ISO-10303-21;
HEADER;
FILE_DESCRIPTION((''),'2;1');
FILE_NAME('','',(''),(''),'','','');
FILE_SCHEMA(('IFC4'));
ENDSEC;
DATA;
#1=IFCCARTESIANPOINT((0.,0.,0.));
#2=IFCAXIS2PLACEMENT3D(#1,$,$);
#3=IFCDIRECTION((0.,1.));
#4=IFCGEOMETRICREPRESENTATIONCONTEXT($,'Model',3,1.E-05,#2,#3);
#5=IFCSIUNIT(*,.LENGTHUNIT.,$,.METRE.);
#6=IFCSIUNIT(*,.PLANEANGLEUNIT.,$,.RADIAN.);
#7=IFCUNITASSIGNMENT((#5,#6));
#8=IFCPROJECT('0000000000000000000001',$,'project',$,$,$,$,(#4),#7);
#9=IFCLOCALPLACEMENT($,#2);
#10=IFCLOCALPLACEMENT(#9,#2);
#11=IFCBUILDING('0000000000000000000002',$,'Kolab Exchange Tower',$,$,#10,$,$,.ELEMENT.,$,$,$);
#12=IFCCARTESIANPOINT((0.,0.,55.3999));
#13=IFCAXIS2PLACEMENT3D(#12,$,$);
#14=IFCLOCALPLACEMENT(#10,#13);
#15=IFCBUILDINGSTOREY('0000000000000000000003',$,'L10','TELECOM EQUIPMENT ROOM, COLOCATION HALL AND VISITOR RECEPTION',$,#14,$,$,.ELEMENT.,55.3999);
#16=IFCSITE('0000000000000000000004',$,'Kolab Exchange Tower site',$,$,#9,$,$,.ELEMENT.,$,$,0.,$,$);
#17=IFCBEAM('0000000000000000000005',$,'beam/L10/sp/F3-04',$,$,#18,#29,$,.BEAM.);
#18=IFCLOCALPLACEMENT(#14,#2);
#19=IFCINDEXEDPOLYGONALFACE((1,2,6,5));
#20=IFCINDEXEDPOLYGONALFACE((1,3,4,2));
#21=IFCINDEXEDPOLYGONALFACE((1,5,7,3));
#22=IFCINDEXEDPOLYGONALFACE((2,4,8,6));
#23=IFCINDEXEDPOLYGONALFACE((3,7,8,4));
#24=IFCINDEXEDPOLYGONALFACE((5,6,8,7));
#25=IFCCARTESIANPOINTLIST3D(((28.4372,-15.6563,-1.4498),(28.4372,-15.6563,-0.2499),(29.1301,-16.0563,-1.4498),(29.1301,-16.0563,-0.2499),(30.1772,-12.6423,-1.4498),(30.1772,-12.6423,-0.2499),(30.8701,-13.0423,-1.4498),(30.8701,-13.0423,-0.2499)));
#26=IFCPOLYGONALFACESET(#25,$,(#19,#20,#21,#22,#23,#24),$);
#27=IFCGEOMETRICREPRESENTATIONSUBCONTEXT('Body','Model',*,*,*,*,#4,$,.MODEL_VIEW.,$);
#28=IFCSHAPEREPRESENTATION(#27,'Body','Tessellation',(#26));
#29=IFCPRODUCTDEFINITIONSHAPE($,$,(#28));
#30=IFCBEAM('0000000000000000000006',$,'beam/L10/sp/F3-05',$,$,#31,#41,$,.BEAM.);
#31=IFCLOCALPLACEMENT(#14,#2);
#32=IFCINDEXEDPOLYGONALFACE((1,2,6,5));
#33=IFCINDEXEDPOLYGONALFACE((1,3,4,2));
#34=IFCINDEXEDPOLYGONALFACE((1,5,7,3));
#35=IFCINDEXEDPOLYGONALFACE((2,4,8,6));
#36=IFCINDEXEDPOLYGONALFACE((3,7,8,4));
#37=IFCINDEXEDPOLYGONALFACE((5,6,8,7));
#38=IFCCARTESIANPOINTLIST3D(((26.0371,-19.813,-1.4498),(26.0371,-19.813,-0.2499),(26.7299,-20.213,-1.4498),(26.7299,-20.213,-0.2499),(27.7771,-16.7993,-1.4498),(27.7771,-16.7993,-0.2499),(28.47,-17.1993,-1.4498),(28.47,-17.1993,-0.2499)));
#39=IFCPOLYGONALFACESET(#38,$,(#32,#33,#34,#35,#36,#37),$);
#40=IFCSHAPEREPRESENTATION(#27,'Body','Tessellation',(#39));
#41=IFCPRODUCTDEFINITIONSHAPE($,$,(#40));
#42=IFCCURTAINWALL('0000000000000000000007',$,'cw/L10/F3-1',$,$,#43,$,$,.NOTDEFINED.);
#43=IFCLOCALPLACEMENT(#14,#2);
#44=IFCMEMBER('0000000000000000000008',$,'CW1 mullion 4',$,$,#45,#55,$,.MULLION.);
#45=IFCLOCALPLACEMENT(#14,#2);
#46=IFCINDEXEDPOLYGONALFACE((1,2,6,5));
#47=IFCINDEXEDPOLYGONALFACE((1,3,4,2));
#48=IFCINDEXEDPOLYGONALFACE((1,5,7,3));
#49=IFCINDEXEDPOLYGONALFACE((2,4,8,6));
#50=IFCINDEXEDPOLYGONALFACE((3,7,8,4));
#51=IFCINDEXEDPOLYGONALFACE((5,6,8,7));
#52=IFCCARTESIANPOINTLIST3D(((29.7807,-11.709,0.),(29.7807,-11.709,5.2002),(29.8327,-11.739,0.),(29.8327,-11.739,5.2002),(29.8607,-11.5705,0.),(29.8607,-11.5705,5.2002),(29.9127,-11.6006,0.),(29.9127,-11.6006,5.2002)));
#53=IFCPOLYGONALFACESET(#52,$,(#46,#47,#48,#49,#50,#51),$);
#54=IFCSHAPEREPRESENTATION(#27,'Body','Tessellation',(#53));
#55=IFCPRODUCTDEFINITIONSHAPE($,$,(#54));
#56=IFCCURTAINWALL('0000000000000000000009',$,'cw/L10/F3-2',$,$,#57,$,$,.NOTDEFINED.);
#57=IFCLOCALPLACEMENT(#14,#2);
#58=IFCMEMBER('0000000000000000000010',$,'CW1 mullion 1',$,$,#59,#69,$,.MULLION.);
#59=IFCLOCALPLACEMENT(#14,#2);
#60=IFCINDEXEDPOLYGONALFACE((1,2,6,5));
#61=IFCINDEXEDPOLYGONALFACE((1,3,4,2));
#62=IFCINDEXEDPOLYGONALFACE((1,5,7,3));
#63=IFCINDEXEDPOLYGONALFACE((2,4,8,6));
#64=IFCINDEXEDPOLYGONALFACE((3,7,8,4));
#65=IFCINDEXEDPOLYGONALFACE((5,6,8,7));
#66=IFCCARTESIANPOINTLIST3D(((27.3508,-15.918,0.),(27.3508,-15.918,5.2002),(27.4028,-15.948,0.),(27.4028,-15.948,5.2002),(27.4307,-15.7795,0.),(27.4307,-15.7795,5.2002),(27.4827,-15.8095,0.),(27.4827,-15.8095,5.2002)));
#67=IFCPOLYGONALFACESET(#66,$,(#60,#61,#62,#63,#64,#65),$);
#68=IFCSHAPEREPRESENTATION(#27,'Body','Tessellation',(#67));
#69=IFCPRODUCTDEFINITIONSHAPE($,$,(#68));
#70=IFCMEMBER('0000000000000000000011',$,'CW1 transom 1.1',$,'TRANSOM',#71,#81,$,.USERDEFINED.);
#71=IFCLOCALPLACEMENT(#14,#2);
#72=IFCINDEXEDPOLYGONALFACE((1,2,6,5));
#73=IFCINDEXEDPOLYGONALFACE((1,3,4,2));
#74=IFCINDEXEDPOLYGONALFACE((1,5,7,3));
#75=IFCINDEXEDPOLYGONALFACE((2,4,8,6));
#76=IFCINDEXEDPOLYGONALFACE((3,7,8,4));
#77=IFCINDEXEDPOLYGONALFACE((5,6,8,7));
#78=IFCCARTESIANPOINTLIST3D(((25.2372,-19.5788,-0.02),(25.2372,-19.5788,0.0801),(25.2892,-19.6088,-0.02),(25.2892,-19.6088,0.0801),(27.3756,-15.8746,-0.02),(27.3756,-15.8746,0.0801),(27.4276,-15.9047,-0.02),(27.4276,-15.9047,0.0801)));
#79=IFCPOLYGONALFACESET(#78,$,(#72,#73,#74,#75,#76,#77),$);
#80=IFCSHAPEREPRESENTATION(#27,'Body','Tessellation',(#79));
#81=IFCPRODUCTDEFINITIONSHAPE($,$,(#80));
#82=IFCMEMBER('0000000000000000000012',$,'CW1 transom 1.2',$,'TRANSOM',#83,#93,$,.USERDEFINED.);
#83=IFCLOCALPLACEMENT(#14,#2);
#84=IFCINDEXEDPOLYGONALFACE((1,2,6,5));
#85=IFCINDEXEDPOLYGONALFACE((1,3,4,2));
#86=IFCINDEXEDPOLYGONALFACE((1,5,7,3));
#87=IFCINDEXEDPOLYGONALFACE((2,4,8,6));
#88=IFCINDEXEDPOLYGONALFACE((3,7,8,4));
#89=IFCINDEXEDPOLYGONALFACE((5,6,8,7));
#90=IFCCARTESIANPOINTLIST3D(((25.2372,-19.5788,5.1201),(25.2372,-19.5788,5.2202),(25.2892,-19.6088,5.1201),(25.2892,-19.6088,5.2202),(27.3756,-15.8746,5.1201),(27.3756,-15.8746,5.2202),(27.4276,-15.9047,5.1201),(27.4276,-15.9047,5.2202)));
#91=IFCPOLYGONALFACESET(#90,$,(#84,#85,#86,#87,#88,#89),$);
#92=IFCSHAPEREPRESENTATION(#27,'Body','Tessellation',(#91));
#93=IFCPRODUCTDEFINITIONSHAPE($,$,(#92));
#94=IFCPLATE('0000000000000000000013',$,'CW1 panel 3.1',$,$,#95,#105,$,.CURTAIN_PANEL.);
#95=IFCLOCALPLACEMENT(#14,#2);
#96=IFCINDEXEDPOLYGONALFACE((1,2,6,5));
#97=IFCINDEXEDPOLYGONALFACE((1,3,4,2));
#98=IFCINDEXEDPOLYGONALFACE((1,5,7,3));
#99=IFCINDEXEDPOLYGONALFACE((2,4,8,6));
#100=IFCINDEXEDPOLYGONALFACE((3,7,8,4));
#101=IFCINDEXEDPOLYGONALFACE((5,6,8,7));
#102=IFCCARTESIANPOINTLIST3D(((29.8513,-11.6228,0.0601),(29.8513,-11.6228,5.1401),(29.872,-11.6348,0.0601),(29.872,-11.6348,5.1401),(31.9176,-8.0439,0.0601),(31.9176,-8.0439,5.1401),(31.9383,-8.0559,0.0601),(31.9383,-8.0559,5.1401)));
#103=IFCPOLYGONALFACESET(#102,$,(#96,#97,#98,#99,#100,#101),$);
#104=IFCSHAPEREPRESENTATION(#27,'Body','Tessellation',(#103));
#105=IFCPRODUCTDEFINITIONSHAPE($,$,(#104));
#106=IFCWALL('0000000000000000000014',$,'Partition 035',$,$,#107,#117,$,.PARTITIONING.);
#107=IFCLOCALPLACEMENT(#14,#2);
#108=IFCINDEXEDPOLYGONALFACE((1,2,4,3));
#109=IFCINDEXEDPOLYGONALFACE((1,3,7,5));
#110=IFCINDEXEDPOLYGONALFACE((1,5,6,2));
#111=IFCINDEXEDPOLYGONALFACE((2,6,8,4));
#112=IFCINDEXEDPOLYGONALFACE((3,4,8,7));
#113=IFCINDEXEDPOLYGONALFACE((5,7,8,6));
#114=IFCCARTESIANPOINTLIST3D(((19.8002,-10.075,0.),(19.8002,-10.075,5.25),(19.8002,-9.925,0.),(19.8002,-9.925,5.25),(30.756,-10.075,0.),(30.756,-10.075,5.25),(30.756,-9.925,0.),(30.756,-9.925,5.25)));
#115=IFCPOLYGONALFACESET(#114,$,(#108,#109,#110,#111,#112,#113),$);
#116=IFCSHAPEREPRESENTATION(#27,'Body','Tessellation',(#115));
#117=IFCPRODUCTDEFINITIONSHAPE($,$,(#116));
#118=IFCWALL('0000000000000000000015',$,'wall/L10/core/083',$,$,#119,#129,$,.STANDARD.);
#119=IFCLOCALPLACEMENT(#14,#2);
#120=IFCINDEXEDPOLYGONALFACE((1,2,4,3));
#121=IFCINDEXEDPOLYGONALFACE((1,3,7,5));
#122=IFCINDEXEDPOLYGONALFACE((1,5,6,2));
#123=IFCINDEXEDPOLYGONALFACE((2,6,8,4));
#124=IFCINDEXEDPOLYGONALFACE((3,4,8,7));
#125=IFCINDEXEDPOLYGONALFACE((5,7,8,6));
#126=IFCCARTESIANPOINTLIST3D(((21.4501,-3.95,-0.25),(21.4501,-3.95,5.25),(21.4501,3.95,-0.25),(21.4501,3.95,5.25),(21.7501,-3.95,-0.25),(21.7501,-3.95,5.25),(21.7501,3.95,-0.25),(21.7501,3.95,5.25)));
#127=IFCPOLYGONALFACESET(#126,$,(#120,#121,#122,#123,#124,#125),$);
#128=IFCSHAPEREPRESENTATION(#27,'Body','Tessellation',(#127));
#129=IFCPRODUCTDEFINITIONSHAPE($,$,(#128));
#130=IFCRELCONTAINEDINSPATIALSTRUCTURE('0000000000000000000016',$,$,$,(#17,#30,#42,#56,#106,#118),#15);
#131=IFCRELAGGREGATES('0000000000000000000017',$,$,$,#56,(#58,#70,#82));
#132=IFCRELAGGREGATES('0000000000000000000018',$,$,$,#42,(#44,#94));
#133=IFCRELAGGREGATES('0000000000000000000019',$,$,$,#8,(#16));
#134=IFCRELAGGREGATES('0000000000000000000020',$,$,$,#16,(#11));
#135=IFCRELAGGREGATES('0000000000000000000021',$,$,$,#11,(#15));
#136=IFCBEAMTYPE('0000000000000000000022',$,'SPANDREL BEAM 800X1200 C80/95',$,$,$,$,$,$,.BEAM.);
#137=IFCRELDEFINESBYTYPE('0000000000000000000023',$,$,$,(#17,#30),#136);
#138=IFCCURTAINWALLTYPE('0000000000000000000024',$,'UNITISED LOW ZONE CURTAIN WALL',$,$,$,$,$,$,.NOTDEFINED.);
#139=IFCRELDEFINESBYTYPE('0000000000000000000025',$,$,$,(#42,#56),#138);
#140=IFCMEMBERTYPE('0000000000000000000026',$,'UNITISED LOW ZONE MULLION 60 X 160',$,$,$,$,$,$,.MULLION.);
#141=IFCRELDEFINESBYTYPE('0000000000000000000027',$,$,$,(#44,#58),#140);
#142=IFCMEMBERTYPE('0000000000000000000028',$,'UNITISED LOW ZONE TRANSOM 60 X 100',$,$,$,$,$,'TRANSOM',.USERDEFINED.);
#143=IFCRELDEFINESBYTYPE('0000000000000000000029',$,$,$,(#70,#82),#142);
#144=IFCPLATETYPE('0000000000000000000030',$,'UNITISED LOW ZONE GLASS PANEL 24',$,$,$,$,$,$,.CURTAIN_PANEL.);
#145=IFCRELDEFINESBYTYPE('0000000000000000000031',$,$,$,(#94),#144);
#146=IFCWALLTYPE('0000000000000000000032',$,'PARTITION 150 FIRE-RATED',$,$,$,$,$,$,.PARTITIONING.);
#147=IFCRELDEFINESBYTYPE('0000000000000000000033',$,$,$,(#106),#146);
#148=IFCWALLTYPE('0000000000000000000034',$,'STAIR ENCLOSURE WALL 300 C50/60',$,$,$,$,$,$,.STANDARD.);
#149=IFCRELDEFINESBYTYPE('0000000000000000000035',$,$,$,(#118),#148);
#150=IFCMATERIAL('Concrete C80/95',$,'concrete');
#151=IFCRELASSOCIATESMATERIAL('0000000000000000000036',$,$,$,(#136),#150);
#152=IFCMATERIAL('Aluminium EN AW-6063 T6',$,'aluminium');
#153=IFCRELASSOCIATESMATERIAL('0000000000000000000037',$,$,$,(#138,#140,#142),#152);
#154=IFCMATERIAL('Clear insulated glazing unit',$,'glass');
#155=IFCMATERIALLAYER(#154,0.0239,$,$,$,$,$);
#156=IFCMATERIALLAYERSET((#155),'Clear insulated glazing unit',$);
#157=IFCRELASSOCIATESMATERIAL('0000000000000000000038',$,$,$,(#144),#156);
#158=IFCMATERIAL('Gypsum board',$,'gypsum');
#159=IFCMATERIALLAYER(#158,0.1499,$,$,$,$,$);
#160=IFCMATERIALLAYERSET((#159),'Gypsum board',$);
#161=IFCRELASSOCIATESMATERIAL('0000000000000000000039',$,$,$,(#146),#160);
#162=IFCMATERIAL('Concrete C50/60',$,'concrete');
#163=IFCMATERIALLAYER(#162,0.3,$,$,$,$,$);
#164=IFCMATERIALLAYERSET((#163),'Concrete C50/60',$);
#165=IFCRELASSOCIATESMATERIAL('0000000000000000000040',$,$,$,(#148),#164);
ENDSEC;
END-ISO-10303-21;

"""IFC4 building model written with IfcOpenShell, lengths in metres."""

from ifc_helpers import new_model, si_unit, direction, frame, frame_2d, origin, origin_2d, place, context, subcontext, project, spatial, rectangle, extrude, material, layer, layer_set, material_profile, profile_set, type_object, element, aggregate, save


model = new_model("IFC4")

# Units and contexts
model_context = context("Model", 3, precision=1e-05, world=origin(), true_north=direction((0.0, 1.0)))
body_context = subcontext(model_context, "Body", "Model", "MODEL_VIEW")
ifc_project = project(units=[si_unit("LENGTHUNIT", "METRE"), si_unit("PLANEANGLEUNIT", "RADIAN")], contexts=[model_context])

# Site, building, storey
site_placement = place(None, origin())
site = spatial("IfcSite", under=ifc_project, at=site_placement, Name="Kolab Exchange Tower site", CompositionType="ELEMENT", RefElevation=0.0)
building_placement = place(site_placement, origin())
building = spatial("IfcBuilding", under=site, at=building_placement, Name="Kolab Exchange Tower", CompositionType="ELEMENT")
storey_placement = place(building_placement, frame((0.0, 0.0, 55.3999)))
storey = spatial("IfcBuildingStorey", under=building, at=storey_placement, Name="L10", Description="TELECOM EQUIPMENT ROOM, COLOCATION HALL AND VISITOR RECEPTION", CompositionType="ELEMENT", Elevation=55.3999)

# Shared definitions
ifc_material_1 = material(Name="Concrete C80/95", Category="concrete")

# Beams
ifc_material_profile_1 = material_profile(ifc_material_1, rectangle(XDim=0.8, YDim=1.2, at=origin_2d()), Name="RC800X1200")
ifc_profile_set_1 = profile_set([ifc_material_profile_1], Name="Concrete C80/95")
beam_type_1 = type_object("IfcBeamType", Name="SPANDREL BEAM 800X1200 C80/95", PredefinedType="BEAM", material=ifc_profile_set_1)
beam_1_placement = place(storey_placement, frame((30.5237, -12.8423, -0.8499), z_axis=(-0.49998, -0.866037, 0.0), x_axis=(0.866037, -0.49998, 0.0)))
element("IfcBeam", 1, at=beam_1_placement, inside=storey, type_object=beam_type_1, Name="beam/L10/sp/F3-04", PredefinedType="BEAM", context=body_context, shape_type="SweptSolid", body=[
    extrude(rectangle(XDim=0.8, YDim=1.2, at=origin_2d()), origin(), (0.0, 0.0, 1.0), 3.4802),
])
beam_2_placement = place(storey_placement, frame((28.1235, -16.9993, -0.8499), z_axis=(-0.50001, -0.86602, 0.0), x_axis=(0.86602, -0.50001, 0.0)))
element("IfcBeam", 2, at=beam_2_placement, inside=storey, type_object=beam_type_1, Name="beam/L10/sp/F3-05", PredefinedType="BEAM", context=body_context, shape_type="SweptSolid", body=[
    extrude(rectangle(XDim=0.8, YDim=1.2, at=origin_2d()), origin(), (0.0, 0.0, 1.0), 3.48),
])

# Curtain wall, member
ifc_material_2 = material(Name="Aluminium EN AW-6063 T6", Category="aluminium")
curtain_wall_type = type_object("IfcCurtainWallType", Name="UNITISED LOW ZONE CURTAIN WALL", PredefinedType="NOTDEFINED", material=ifc_material_2)
curtain_wall_1_placement = place(storey_placement, origin())
curtain_wall_1 = element("IfcCurtainWall", 3, at=curtain_wall_1_placement, inside=storey, type_object=curtain_wall_type, Name="cw/L10/F3-1", PredefinedType="NOTDEFINED")
ifc_material_profile_2 = material_profile(ifc_material_2, rectangle(XDim=0.0601, YDim=0.1599, at=origin_2d()), Name="RECT 60X160")
ifc_profile_set_2 = profile_set([ifc_material_profile_2], Name="Aluminium EN AW-6063 T6")
member_type_1 = type_object("IfcMemberType", Name="UNITISED LOW ZONE MULLION 60 X 160", PredefinedType="MULLION", material=ifc_profile_set_2)
member_1_placement = place(storey_placement, frame((29.8467, -11.6548, 0.0), z_axis=(0.0, 0.0, 1.0), x_axis=(0.866025, -0.5, 0.0)))
member_1 = element("IfcMember", 4, at=member_1_placement, type_object=member_type_1, Name="CW1 mullion 4", PredefinedType="MULLION", context=body_context, shape_type="SweptSolid", body=[
    extrude(rectangle(XDim=0.0601, YDim=0.1599, at=origin_2d()), origin(), (0.0, 0.0, 1.0), 5.2002),
])

# Curtain wall, members
curtain_wall_2_placement = place(storey_placement, origin())
curtain_wall_2 = element("IfcCurtainWall", 5, at=curtain_wall_2_placement, inside=storey, type_object=curtain_wall_type, Name="cw/L10/F3-2", PredefinedType="NOTDEFINED")
member_2_placement = place(storey_placement, frame((27.4167, -15.8638, 0.0), z_axis=(0.0, 0.0, 1.0), x_axis=(0.866025, -0.5, 0.0)))
member_2 = element("IfcMember", 6, at=member_2_placement, type_object=member_type_1, Name="CW1 mullion 1", PredefinedType="MULLION", context=body_context, shape_type="SweptSolid", body=[
    extrude(rectangle(XDim=0.0601, YDim=0.1599, at=origin_2d()), origin(), (0.0, 0.0, 1.0), 5.2002),
])
ifc_material_profile_3 = material_profile(ifc_material_2, rectangle(XDim=0.0601, YDim=0.1001, at=origin_2d()), Name="RECT 60X100")
ifc_profile_set_3 = profile_set([ifc_material_profile_3], Name="Aluminium EN AW-6063 T6")
member_type_2 = type_object("IfcMemberType", Name="UNITISED LOW ZONE TRANSOM 60 X 100", ElementType="TRANSOM", PredefinedType="USERDEFINED", material=ifc_profile_set_3)
member_3_placement = place(storey_placement, frame((27.4016, -15.8896, 0.03), z_axis=(-0.499976, -0.866039, 0.0), x_axis=(0.866039, -0.499976, 0.0)))
member_3 = element("IfcMember", 7, at=member_3_placement, type_object=member_type_2, Name="CW1 transom 1.1", ObjectType="TRANSOM", PredefinedType="USERDEFINED", context=body_context, shape_type="SweptSolid", body=[
    extrude(rectangle(XDim=0.0601, YDim=0.1001, at=origin_2d()), origin(), (0.0, 0.0, 1.0), 4.2771),
])
member_4_placement = place(storey_placement, frame((27.4016, -15.8896, 5.1702), z_axis=(-0.499976, -0.866039, 0.0), x_axis=(0.866039, -0.499976, 0.0)))
member_4 = element("IfcMember", 8, at=member_4_placement, type_object=member_type_2, Name="CW1 transom 1.2", ObjectType="TRANSOM", PredefinedType="USERDEFINED", context=body_context, shape_type="SweptSolid", body=[
    extrude(rectangle(XDim=0.0601, YDim=0.1001, at=origin_2d()), origin(), (0.0, 0.0, 1.0), 4.2771),
])
aggregate(curtain_wall_2, [member_2, member_3, member_4])

# Plate
ifc_material_3 = material(Name="Clear insulated glazing unit", Category="glass")
ifc_layer_1 = layer(ifc_material_3, 0.0239)
ifc_layer_set_1 = layer_set([ifc_layer_1], Name="Clear insulated glazing unit")
plate_type = type_object("IfcPlateType", Name="UNITISED LOW ZONE GLASS PANEL 24", PredefinedType="CURTAIN_PANEL", material=ifc_layer_set_1)
plate_placement = place(storey_placement, frame((30.8948, -9.8394, 0.0601), z_axis=(0.0, 0.0, 1.0), x_axis=(-0.5, -0.866025, 0.0)))
plate = element("IfcPlate", 9, at=plate_placement, type_object=plate_type, Name="CW1 panel 3.1", PredefinedType="CURTAIN_PANEL", context=body_context, shape_type="SweptSolid", body=[
    extrude(rectangle(XDim=4.1326, YDim=0.0239, at=origin_2d()), origin(), (0.0, 0.0, 1.0), 5.0801),
])
aggregate(curtain_wall_1, [member_1, plate])

# Walls
ifc_material_4 = material(Name="Gypsum board", Category="gypsum")
ifc_layer_2 = layer(ifc_material_4, 0.1499)
ifc_layer_set_2 = layer_set([ifc_layer_2], Name="Gypsum board")
wall_type_1 = type_object("IfcWallType", Name="PARTITION 150 FIRE-RATED", PredefinedType="PARTITIONING", material=ifc_layer_set_2)
wall_1_placement = place(storey_placement, frame((19.8, -10.0, 0.0), z_axis=(0.0, 0.0, 1.0), x_axis=(1.0, 0.0, 0.0)))
element("IfcWall", 10, at=wall_1_placement, inside=storey, type_object=wall_type_1, Name="Partition 035", PredefinedType="PARTITIONING", context=body_context, shape_type="SweptSolid", body=[
    extrude(rectangle(XDim=10.9558, YDim=0.1499, at=frame_2d((5.478, 0.0))), origin(), (0.0, 0.0, 1.0), 5.25),
])
ifc_material_5 = material(Name="Concrete C50/60", Category="concrete")
ifc_layer_3 = layer(ifc_material_5, 0.3)
ifc_layer_set_3 = layer_set([ifc_layer_3], Name="Concrete C50/60")
wall_type_2 = type_object("IfcWallType", Name="STAIR ENCLOSURE WALL 300 C50/60", PredefinedType="STANDARD", material=ifc_layer_set_3)
wall_2_placement = place(storey_placement, frame((21.6001, -3.95, -0.25), z_axis=(0.0, 0.0, 1.0), x_axis=(0.0, 1.0, 0.0)))
element("IfcWall", 11, at=wall_2_placement, inside=storey, type_object=wall_type_2, Name="wall/L10/core/083", PredefinedType="STANDARD", context=body_context, shape_type="SweptSolid", body=[
    extrude(rectangle(XDim=7.8999, YDim=0.3, at=frame_2d((3.95, 0.0))), origin(), (0.0, 0.0, 1.0), 5.5),
])

save(model, "model.ifc")
